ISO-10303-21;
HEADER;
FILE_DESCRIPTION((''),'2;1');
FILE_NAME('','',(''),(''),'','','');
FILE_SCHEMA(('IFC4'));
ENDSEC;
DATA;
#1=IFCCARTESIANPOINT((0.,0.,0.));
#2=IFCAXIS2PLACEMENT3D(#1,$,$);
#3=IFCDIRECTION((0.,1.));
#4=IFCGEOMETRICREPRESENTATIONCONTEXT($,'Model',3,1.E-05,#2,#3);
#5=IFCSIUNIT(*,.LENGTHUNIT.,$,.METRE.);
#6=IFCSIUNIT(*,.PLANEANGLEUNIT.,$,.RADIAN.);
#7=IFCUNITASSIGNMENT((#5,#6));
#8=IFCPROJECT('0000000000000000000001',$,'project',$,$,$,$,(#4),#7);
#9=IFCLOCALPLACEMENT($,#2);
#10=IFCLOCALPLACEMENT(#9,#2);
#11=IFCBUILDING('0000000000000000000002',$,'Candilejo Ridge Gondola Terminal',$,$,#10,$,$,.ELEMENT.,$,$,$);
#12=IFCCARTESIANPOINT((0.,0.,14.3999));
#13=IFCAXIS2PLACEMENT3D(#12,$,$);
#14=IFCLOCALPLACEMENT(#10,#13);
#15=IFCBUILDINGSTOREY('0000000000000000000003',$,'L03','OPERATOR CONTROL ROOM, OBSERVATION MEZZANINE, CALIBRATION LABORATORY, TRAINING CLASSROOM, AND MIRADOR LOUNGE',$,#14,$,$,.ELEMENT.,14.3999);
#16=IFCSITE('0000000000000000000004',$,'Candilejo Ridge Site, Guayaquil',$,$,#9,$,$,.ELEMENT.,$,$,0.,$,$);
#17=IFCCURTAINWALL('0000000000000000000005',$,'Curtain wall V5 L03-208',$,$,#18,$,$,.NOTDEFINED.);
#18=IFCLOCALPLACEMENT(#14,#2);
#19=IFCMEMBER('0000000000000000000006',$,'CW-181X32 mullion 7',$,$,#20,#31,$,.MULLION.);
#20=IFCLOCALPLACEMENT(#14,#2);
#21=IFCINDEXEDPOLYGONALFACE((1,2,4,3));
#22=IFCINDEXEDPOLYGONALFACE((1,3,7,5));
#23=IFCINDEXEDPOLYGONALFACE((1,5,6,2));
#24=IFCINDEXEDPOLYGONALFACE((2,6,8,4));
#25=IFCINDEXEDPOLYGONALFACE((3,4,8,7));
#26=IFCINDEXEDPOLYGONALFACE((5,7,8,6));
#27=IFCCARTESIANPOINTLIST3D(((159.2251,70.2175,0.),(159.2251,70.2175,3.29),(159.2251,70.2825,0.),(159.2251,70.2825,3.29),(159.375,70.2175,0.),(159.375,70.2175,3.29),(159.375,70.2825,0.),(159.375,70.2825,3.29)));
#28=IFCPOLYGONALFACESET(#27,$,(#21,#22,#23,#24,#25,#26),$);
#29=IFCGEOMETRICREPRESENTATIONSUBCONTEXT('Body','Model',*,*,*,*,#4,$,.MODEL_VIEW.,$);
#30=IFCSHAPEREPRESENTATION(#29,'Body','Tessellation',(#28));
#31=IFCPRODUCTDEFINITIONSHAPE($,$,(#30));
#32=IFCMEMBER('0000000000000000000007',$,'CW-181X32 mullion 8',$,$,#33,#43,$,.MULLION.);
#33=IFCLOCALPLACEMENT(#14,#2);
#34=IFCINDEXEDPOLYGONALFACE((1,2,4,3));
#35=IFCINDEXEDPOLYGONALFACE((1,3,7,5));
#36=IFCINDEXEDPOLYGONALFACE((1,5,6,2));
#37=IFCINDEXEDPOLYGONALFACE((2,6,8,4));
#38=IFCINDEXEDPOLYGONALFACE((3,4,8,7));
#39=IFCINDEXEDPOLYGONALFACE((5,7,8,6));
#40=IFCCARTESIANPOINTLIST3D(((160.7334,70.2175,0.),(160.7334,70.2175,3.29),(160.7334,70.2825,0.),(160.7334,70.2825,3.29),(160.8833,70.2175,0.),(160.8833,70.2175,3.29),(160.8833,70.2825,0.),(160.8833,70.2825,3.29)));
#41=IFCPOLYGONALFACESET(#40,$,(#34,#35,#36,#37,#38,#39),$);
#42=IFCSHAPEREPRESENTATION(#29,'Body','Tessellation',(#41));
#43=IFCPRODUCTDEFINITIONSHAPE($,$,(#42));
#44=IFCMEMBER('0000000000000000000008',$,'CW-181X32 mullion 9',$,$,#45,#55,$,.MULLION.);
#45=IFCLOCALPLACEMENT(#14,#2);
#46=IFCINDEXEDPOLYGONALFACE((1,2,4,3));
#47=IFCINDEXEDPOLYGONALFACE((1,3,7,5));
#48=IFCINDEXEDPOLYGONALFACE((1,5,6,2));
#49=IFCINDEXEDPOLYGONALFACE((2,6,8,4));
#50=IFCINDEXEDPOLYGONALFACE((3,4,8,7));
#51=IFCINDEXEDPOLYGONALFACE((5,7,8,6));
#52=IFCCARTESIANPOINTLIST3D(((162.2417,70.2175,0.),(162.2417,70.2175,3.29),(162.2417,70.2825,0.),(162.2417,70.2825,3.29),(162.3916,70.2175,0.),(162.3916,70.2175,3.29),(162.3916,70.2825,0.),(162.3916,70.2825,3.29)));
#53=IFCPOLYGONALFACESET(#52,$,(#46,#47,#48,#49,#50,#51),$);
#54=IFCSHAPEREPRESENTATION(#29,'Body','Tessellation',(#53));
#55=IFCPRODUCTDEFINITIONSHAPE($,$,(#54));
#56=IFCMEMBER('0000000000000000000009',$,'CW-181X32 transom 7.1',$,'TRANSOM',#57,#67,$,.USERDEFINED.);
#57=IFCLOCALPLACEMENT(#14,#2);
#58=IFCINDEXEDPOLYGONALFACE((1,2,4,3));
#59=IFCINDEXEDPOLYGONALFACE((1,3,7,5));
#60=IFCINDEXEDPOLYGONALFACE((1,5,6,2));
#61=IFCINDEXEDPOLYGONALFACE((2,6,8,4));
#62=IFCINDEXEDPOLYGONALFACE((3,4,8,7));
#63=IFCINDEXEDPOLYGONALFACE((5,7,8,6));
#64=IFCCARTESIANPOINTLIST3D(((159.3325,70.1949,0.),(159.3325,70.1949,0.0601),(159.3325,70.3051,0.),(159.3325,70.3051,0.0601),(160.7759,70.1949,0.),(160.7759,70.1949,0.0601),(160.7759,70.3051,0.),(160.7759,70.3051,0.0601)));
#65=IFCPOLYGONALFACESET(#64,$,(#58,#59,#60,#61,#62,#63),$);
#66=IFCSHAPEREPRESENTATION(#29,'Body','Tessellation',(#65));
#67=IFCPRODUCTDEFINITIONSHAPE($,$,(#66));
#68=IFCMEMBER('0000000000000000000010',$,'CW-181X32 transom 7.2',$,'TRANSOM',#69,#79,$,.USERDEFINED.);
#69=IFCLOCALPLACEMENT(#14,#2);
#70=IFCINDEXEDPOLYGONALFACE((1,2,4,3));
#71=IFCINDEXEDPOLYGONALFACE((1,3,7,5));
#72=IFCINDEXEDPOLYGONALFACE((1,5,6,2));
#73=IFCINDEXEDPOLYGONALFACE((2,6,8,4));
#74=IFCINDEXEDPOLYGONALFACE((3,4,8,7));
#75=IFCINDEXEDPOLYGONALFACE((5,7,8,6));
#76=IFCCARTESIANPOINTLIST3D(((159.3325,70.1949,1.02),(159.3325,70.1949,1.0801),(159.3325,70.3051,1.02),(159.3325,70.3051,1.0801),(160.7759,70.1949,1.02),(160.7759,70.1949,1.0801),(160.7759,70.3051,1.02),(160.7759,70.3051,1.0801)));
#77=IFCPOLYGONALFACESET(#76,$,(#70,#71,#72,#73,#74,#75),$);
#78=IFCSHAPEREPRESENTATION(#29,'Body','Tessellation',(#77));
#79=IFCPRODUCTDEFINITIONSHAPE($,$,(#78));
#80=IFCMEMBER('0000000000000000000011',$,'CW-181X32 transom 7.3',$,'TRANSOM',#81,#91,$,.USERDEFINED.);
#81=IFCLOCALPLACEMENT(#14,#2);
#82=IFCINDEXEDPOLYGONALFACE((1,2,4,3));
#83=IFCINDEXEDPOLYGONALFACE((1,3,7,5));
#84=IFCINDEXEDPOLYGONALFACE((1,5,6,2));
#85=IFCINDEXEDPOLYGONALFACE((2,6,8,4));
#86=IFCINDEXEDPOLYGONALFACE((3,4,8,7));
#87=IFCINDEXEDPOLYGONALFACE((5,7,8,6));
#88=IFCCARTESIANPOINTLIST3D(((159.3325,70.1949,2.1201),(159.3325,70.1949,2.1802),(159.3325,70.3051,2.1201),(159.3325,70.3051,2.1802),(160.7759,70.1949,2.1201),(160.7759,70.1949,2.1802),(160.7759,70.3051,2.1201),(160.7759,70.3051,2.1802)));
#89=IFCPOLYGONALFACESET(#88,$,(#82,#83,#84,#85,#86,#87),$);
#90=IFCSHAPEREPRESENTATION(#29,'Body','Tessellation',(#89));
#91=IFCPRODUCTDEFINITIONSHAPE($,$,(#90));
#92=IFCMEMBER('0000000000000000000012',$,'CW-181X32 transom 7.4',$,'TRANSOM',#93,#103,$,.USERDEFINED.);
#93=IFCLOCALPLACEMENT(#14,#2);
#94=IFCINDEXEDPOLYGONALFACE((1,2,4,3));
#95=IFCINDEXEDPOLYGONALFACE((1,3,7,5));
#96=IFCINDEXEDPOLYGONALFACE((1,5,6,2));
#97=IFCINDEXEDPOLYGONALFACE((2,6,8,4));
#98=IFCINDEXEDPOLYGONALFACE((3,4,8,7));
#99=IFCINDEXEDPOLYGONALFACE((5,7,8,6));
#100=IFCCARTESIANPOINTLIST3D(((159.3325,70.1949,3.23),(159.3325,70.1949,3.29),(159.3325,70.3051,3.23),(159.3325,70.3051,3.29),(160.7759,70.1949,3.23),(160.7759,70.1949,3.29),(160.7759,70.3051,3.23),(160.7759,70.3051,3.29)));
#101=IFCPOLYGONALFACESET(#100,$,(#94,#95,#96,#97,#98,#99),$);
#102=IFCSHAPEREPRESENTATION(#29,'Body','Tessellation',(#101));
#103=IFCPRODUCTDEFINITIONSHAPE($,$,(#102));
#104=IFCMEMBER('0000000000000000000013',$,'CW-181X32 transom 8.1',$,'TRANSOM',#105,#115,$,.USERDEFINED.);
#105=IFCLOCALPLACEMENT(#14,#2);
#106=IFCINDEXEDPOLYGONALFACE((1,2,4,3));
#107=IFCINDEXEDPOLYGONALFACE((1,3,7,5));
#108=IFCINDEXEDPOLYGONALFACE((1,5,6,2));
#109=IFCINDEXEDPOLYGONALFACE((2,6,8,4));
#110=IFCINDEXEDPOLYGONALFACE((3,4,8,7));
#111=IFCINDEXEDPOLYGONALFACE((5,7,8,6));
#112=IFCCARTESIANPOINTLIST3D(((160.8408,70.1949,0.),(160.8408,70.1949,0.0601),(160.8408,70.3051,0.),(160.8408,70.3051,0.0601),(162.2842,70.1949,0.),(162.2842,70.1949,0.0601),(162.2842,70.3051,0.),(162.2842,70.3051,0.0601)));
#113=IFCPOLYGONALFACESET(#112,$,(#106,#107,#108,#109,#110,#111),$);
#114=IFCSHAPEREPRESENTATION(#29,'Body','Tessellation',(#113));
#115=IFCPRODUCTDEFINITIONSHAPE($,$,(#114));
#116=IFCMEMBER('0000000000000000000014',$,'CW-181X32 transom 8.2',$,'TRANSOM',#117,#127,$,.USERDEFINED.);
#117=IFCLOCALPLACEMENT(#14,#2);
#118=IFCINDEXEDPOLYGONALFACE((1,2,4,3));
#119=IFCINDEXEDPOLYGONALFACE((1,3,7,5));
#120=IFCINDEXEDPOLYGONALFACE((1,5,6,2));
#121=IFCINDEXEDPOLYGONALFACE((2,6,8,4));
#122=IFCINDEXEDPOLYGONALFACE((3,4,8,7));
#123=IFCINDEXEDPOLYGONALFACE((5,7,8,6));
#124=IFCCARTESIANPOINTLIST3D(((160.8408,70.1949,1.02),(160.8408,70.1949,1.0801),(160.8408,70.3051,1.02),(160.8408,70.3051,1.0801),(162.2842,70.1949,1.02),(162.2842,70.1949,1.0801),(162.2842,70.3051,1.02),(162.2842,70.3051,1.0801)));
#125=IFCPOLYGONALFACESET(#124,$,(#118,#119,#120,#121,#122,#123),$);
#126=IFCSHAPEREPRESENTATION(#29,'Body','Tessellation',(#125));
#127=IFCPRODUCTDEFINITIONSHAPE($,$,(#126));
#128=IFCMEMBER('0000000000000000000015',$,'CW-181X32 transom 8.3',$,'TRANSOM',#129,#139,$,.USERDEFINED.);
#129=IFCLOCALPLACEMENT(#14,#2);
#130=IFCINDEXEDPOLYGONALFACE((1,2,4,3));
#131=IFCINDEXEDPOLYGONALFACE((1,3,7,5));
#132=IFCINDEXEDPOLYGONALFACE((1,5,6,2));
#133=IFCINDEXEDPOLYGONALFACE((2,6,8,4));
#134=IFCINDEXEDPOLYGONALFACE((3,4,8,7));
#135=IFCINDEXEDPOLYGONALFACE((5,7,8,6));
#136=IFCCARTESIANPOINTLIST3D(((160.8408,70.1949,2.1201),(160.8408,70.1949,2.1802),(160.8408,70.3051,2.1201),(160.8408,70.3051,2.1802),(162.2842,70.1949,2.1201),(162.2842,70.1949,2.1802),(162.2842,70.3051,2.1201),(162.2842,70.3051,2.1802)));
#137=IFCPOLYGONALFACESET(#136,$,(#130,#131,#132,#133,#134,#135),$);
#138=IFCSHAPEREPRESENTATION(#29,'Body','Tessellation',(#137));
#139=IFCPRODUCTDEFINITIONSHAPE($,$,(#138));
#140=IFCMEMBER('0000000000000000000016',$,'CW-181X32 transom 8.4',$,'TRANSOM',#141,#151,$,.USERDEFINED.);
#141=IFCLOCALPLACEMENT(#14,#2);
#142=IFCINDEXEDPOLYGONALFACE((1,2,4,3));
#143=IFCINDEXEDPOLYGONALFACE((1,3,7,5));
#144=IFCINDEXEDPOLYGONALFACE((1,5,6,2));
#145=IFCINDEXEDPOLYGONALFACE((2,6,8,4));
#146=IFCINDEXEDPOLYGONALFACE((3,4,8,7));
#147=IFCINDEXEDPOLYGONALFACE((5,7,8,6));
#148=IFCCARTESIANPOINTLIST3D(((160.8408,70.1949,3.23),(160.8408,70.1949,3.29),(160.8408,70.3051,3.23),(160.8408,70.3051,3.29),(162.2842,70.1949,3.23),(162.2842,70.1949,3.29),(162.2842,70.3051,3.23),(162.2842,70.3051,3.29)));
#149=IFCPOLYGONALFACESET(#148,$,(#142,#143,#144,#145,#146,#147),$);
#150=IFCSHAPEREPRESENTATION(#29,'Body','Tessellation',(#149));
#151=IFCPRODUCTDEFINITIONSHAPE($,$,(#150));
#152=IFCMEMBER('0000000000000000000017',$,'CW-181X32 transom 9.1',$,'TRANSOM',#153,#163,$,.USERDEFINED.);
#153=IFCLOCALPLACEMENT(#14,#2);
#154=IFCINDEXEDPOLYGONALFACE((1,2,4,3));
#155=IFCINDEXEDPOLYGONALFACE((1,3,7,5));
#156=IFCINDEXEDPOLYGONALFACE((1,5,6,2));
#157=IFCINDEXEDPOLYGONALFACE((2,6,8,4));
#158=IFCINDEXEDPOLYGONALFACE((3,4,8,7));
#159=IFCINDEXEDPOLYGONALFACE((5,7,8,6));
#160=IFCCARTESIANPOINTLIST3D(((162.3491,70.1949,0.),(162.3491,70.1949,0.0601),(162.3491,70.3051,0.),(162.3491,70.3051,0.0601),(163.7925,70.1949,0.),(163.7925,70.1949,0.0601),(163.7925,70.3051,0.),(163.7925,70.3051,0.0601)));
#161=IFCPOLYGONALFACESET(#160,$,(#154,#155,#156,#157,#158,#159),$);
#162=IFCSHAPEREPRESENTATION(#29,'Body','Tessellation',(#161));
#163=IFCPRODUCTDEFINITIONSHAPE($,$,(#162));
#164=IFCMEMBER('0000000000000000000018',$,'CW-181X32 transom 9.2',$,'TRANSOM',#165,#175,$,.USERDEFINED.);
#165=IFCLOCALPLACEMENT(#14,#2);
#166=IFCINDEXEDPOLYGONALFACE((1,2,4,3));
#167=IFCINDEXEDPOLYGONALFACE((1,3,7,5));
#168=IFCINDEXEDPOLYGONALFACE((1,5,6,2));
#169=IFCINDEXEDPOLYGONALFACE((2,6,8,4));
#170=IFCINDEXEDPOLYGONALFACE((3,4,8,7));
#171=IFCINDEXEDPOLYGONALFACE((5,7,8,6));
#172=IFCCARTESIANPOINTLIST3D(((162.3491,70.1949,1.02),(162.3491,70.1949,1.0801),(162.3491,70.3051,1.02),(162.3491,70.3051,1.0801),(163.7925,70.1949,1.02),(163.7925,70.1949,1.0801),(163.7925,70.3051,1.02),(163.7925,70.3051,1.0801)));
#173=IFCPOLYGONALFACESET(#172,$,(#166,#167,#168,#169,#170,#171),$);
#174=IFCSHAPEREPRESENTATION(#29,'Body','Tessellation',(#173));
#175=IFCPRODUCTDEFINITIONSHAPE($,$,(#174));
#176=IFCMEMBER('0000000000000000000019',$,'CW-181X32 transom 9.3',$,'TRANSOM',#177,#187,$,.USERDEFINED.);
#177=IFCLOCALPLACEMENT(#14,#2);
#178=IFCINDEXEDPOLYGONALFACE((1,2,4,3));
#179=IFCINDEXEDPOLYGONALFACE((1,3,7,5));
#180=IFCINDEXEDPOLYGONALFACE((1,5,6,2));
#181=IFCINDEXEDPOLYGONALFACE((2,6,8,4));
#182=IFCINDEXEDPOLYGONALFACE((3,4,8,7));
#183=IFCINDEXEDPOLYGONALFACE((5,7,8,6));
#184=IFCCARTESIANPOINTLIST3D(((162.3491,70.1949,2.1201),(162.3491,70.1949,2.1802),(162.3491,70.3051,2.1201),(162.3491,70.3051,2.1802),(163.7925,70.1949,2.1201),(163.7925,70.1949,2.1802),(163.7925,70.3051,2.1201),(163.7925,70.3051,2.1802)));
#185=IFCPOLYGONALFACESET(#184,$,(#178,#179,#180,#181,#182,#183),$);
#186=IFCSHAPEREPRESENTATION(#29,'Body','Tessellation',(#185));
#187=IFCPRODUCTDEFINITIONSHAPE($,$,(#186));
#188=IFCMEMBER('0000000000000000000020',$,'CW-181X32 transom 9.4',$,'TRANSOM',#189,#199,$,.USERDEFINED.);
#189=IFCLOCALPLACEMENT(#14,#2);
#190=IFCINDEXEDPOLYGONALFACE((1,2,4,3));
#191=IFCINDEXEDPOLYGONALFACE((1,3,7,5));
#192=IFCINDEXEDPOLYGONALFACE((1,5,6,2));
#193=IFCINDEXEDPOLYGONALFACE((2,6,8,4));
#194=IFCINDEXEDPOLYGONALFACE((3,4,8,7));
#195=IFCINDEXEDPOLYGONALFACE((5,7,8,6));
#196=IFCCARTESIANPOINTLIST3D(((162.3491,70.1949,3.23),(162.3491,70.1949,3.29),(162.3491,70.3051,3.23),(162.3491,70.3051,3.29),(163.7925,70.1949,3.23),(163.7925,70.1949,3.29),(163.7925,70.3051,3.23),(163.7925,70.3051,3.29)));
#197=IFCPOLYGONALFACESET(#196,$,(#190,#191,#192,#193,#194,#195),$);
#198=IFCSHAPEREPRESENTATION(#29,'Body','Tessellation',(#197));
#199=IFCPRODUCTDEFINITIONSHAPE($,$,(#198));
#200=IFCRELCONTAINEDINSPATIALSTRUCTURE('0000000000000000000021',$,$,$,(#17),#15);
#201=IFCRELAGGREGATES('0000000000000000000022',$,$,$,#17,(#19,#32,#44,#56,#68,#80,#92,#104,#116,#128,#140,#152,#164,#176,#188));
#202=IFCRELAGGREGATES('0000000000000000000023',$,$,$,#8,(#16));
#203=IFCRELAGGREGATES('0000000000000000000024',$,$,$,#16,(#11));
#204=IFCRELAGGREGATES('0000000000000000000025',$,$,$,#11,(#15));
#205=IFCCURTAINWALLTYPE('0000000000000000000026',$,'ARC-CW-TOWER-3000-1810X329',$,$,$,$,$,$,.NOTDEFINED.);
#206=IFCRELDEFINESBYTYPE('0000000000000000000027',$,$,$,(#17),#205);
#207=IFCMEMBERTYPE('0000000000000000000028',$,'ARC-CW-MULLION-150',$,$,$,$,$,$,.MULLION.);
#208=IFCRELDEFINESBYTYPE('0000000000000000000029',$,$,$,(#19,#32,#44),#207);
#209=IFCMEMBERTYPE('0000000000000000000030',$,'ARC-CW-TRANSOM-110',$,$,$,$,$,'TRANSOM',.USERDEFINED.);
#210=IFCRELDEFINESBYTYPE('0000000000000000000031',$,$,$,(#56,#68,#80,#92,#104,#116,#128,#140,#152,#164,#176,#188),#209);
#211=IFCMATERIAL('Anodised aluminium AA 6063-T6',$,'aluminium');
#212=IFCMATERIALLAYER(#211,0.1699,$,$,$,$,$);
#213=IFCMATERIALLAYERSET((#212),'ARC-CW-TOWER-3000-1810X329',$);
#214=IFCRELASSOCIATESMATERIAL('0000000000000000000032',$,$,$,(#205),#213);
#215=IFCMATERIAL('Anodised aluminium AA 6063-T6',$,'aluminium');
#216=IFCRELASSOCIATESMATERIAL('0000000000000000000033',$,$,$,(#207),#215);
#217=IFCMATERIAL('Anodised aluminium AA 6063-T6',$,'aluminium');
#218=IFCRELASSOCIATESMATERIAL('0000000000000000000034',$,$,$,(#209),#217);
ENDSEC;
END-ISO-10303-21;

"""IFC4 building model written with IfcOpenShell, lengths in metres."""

from ifc_helpers import new_model, si_unit, direction, frame, origin, origin_2d, place, context, subcontext, project, spatial, rectangle, extrude, material, layer, layer_set, material_profile, profile_set, type_object, element, aggregate, save


model = new_model("IFC4")

# Units and contexts
model_context = context("Model", 3, precision=1e-05, world=origin(), true_north=direction((0.0, 1.0)))
body_context = subcontext(model_context, "Body", "Model", "MODEL_VIEW")
ifc_project = project(units=[si_unit("LENGTHUNIT", "METRE"), si_unit("PLANEANGLEUNIT", "RADIAN")], contexts=[model_context])

# Site, building, storey
site_placement = place(None, origin())
site = spatial("IfcSite", under=ifc_project, at=site_placement, Name="Candilejo Ridge Site, Guayaquil", CompositionType="ELEMENT", RefElevation=0.0)
building_placement = place(site_placement, origin())
building = spatial("IfcBuilding", under=site, at=building_placement, Name="Candilejo Ridge Gondola Terminal", CompositionType="ELEMENT")
storey_placement = place(building_placement, frame((0.0, 0.0, 14.3999)))
storey = spatial("IfcBuildingStorey", under=building, at=storey_placement, Name="L03", Description="OPERATOR CONTROL ROOM, OBSERVATION MEZZANINE, CALIBRATION LABORATORY, TRAINING CLASSROOM, AND MIRADOR LOUNGE", CompositionType="ELEMENT", Elevation=14.3999)

# Curtain wall, members
ifc_material_1 = material(Name="Anodised aluminium AA 6063-T6", Category="aluminium")
ifc_layer_1 = layer(ifc_material_1, 0.1699)
ifc_layer_set_1 = layer_set([ifc_layer_1], Name="ARC-CW-TOWER-3000-1810X329")
curtain_wall_type = type_object("IfcCurtainWallType", Name="ARC-CW-TOWER-3000-1810X329", PredefinedType="NOTDEFINED", material=ifc_layer_set_1)
curtain_wall_placement = place(storey_placement, origin())
curtain_wall = element("IfcCurtainWall", 1, at=curtain_wall_placement, inside=storey, type_object=curtain_wall_type, Name="Curtain wall V5 L03-208", PredefinedType="NOTDEFINED")
ifc_material_2 = material(Name="Anodised aluminium AA 6063-T6", Category="aluminium")
ifc_material_profile_1 = material_profile(ifc_material_2, rectangle(XDim=0.0649, YDim=0.1499, at=origin_2d()))
ifc_profile_set_1 = profile_set([ifc_material_profile_1], Name="Anodised aluminium AA 6063-T6")
member_type_1 = type_object("IfcMemberType", Name="ARC-CW-MULLION-150", PredefinedType="MULLION", material=ifc_profile_set_1)
member_1_placement = place(storey_placement, frame((159.3, 70.25, 0.0), z_axis=(0.0, 0.0, 1.0), x_axis=(0.0, 1.0, 0.0)))
member_1 = element("IfcMember", 2, at=member_1_placement, type_object=member_type_1, Name="CW-181X32 mullion 7", PredefinedType="MULLION", context=body_context, shape_type="SweptSolid", body=[
    extrude(rectangle(XDim=0.0649, YDim=0.1499, at=origin_2d()), origin(), (0.0, 0.0, 1.0), 3.29),
])
member_2_placement = place(storey_placement, frame((160.8083, 70.25, 0.0), z_axis=(0.0, 0.0, 1.0), x_axis=(0.0, 1.0, 0.0)))
member_2 = element("IfcMember", 3, at=member_2_placement, type_object=member_type_1, Name="CW-181X32 mullion 8", PredefinedType="MULLION", context=body_context, shape_type="SweptSolid", body=[
    extrude(rectangle(XDim=0.0649, YDim=0.1499, at=origin_2d()), origin(), (0.0, 0.0, 1.0), 3.29),
])
member_3_placement = place(storey_placement, frame((162.3167, 70.25, 0.0), z_axis=(0.0, 0.0, 1.0), x_axis=(0.0, 1.0, 0.0)))
member_3 = element("IfcMember", 4, at=member_3_placement, type_object=member_type_1, Name="CW-181X32 mullion 9", PredefinedType="MULLION", context=body_context, shape_type="SweptSolid", body=[
    extrude(rectangle(XDim=0.0649, YDim=0.1499, at=origin_2d()), origin(), (0.0, 0.0, 1.0), 3.29),
])
ifc_material_3 = material(Name="Anodised aluminium AA 6063-T6", Category="aluminium")
ifc_material_profile_2 = material_profile(ifc_material_3, rectangle(XDim=0.1101, YDim=0.0601, at=origin_2d()))
ifc_profile_set_2 = profile_set([ifc_material_profile_2], Name="Anodised aluminium AA 6063-T6")
member_type_2 = type_object("IfcMemberType", Name="ARC-CW-TRANSOM-110", ElementType="TRANSOM", PredefinedType="USERDEFINED", material=ifc_profile_set_2)
member_4_placement = place(storey_placement, frame((159.3325, 70.25, 0.03), z_axis=(1.0, 0.0, 0.0), x_axis=(0.0, 1.0, 0.0)))
member_4 = element("IfcMember", 5, at=member_4_placement, type_object=member_type_2, Name="CW-181X32 transom 7.1", ObjectType="TRANSOM", PredefinedType="USERDEFINED", context=body_context, shape_type="SweptSolid", body=[
    extrude(rectangle(XDim=0.1101, YDim=0.0601, at=origin_2d()), origin(), (0.0, 0.0, 1.0), 1.4434),
])
member_5_placement = place(storey_placement, frame((159.3325, 70.25, 1.05), z_axis=(1.0, 0.0, 0.0), x_axis=(0.0, 1.0, 0.0)))
member_5 = element("IfcMember", 6, at=member_5_placement, type_object=member_type_2, Name="CW-181X32 transom 7.2", ObjectType="TRANSOM", PredefinedType="USERDEFINED", context=body_context, shape_type="SweptSolid", body=[
    extrude(rectangle(XDim=0.1101, YDim=0.0601, at=origin_2d()), origin(), (0.0, 0.0, 1.0), 1.4434),
])
member_6_placement = place(storey_placement, frame((159.3325, 70.25, 2.1501), z_axis=(1.0, 0.0, 0.0), x_axis=(0.0, 1.0, 0.0)))
member_6 = element("IfcMember", 7, at=member_6_placement, type_object=member_type_2, Name="CW-181X32 transom 7.3", ObjectType="TRANSOM", PredefinedType="USERDEFINED", context=body_context, shape_type="SweptSolid", body=[
    extrude(rectangle(XDim=0.1101, YDim=0.0601, at=origin_2d()), origin(), (0.0, 0.0, 1.0), 1.4434),
])
member_7_placement = place(storey_placement, frame((159.3325, 70.25, 3.26), z_axis=(1.0, 0.0, 0.0), x_axis=(0.0, 1.0, 0.0)))
member_7 = element("IfcMember", 8, at=member_7_placement, type_object=member_type_2, Name="CW-181X32 transom 7.4", ObjectType="TRANSOM", PredefinedType="USERDEFINED", context=body_context, shape_type="SweptSolid", body=[
    extrude(rectangle(XDim=0.1101, YDim=0.0601, at=origin_2d()), origin(), (0.0, 0.0, 1.0), 1.4434),
])
member_8_placement = place(storey_placement, frame((160.8408, 70.25, 0.03), z_axis=(1.0, 0.0, 0.0), x_axis=(0.0, 1.0, 0.0)))
member_8 = element("IfcMember", 9, at=member_8_placement, type_object=member_type_2, Name="CW-181X32 transom 8.1", ObjectType="TRANSOM", PredefinedType="USERDEFINED", context=body_context, shape_type="SweptSolid", body=[
    extrude(rectangle(XDim=0.1101, YDim=0.0601, at=origin_2d()), origin(), (0.0, 0.0, 1.0), 1.4434),
])
member_9_placement = place(storey_placement, frame((160.8408, 70.25, 1.05), z_axis=(1.0, 0.0, 0.0), x_axis=(0.0, 1.0, 0.0)))
member_9 = element("IfcMember", 10, at=member_9_placement, type_object=member_type_2, Name="CW-181X32 transom 8.2", ObjectType="TRANSOM", PredefinedType="USERDEFINED", context=body_context, shape_type="SweptSolid", body=[
    extrude(rectangle(XDim=0.1101, YDim=0.0601, at=origin_2d()), origin(), (0.0, 0.0, 1.0), 1.4434),
])
member_10_placement = place(storey_placement, frame((160.8408, 70.25, 2.1501), z_axis=(1.0, 0.0, 0.0), x_axis=(0.0, 1.0, 0.0)))
member_10 = element("IfcMember", 11, at=member_10_placement, type_object=member_type_2, Name="CW-181X32 transom 8.3", ObjectType="TRANSOM", PredefinedType="USERDEFINED", context=body_context, shape_type="SweptSolid", body=[
    extrude(rectangle(XDim=0.1101, YDim=0.0601, at=origin_2d()), origin(), (0.0, 0.0, 1.0), 1.4434),
])
member_11_placement = place(storey_placement, frame((160.8408, 70.25, 3.26), z_axis=(1.0, 0.0, 0.0), x_axis=(0.0, 1.0, 0.0)))
member_11 = element("IfcMember", 12, at=member_11_placement, type_object=member_type_2, Name="CW-181X32 transom 8.4", ObjectType="TRANSOM", PredefinedType="USERDEFINED", context=body_context, shape_type="SweptSolid", body=[
    extrude(rectangle(XDim=0.1101, YDim=0.0601, at=origin_2d()), origin(), (0.0, 0.0, 1.0), 1.4434),
])
member_12_placement = place(storey_placement, frame((162.3491, 70.25, 0.03), z_axis=(1.0, 0.0, 0.0), x_axis=(0.0, 1.0, 0.0)))
member_12 = element("IfcMember", 13, at=member_12_placement, type_object=member_type_2, Name="CW-181X32 transom 9.1", ObjectType="TRANSOM", PredefinedType="USERDEFINED", context=body_context, shape_type="SweptSolid", body=[
    extrude(rectangle(XDim=0.1101, YDim=0.0601, at=origin_2d()), origin(), (0.0, 0.0, 1.0), 1.4434),
])
member_13_placement = place(storey_placement, frame((162.3491, 70.25, 1.05), z_axis=(1.0, 0.0, 0.0), x_axis=(0.0, 1.0, 0.0)))
member_13 = element("IfcMember", 14, at=member_13_placement, type_object=member_type_2, Name="CW-181X32 transom 9.2", ObjectType="TRANSOM", PredefinedType="USERDEFINED", context=body_context, shape_type="SweptSolid", body=[
    extrude(rectangle(XDim=0.1101, YDim=0.0601, at=origin_2d()), origin(), (0.0, 0.0, 1.0), 1.4434),
])
member_14_placement = place(storey_placement, frame((162.3491, 70.25, 2.1501), z_axis=(1.0, 0.0, 0.0), x_axis=(0.0, 1.0, 0.0)))
member_14 = element("IfcMember", 15, at=member_14_placement, type_object=member_type_2, Name="CW-181X32 transom 9.3", ObjectType="TRANSOM", PredefinedType="USERDEFINED", context=body_context, shape_type="SweptSolid", body=[
    extrude(rectangle(XDim=0.1101, YDim=0.0601, at=origin_2d()), origin(), (0.0, 0.0, 1.0), 1.4434),
])
member_15_placement = place(storey_placement, frame((162.3491, 70.25, 3.26), z_axis=(1.0, 0.0, 0.0), x_axis=(0.0, 1.0, 0.0)))
member_15 = element("IfcMember", 16, at=member_15_placement, type_object=member_type_2, Name="CW-181X32 transom 9.4", ObjectType="TRANSOM", PredefinedType="USERDEFINED", context=body_context, shape_type="SweptSolid", body=[
    extrude(rectangle(XDim=0.1101, YDim=0.0601, at=origin_2d()), origin(), (0.0, 0.0, 1.0), 1.4434),
])
aggregate(curtain_wall, [member_1, member_2, member_3, member_4, member_5, member_6, member_7, member_8, member_9, member_10, member_11, member_12, member_13, member_14, member_15])

save(model, "model.ifc")
